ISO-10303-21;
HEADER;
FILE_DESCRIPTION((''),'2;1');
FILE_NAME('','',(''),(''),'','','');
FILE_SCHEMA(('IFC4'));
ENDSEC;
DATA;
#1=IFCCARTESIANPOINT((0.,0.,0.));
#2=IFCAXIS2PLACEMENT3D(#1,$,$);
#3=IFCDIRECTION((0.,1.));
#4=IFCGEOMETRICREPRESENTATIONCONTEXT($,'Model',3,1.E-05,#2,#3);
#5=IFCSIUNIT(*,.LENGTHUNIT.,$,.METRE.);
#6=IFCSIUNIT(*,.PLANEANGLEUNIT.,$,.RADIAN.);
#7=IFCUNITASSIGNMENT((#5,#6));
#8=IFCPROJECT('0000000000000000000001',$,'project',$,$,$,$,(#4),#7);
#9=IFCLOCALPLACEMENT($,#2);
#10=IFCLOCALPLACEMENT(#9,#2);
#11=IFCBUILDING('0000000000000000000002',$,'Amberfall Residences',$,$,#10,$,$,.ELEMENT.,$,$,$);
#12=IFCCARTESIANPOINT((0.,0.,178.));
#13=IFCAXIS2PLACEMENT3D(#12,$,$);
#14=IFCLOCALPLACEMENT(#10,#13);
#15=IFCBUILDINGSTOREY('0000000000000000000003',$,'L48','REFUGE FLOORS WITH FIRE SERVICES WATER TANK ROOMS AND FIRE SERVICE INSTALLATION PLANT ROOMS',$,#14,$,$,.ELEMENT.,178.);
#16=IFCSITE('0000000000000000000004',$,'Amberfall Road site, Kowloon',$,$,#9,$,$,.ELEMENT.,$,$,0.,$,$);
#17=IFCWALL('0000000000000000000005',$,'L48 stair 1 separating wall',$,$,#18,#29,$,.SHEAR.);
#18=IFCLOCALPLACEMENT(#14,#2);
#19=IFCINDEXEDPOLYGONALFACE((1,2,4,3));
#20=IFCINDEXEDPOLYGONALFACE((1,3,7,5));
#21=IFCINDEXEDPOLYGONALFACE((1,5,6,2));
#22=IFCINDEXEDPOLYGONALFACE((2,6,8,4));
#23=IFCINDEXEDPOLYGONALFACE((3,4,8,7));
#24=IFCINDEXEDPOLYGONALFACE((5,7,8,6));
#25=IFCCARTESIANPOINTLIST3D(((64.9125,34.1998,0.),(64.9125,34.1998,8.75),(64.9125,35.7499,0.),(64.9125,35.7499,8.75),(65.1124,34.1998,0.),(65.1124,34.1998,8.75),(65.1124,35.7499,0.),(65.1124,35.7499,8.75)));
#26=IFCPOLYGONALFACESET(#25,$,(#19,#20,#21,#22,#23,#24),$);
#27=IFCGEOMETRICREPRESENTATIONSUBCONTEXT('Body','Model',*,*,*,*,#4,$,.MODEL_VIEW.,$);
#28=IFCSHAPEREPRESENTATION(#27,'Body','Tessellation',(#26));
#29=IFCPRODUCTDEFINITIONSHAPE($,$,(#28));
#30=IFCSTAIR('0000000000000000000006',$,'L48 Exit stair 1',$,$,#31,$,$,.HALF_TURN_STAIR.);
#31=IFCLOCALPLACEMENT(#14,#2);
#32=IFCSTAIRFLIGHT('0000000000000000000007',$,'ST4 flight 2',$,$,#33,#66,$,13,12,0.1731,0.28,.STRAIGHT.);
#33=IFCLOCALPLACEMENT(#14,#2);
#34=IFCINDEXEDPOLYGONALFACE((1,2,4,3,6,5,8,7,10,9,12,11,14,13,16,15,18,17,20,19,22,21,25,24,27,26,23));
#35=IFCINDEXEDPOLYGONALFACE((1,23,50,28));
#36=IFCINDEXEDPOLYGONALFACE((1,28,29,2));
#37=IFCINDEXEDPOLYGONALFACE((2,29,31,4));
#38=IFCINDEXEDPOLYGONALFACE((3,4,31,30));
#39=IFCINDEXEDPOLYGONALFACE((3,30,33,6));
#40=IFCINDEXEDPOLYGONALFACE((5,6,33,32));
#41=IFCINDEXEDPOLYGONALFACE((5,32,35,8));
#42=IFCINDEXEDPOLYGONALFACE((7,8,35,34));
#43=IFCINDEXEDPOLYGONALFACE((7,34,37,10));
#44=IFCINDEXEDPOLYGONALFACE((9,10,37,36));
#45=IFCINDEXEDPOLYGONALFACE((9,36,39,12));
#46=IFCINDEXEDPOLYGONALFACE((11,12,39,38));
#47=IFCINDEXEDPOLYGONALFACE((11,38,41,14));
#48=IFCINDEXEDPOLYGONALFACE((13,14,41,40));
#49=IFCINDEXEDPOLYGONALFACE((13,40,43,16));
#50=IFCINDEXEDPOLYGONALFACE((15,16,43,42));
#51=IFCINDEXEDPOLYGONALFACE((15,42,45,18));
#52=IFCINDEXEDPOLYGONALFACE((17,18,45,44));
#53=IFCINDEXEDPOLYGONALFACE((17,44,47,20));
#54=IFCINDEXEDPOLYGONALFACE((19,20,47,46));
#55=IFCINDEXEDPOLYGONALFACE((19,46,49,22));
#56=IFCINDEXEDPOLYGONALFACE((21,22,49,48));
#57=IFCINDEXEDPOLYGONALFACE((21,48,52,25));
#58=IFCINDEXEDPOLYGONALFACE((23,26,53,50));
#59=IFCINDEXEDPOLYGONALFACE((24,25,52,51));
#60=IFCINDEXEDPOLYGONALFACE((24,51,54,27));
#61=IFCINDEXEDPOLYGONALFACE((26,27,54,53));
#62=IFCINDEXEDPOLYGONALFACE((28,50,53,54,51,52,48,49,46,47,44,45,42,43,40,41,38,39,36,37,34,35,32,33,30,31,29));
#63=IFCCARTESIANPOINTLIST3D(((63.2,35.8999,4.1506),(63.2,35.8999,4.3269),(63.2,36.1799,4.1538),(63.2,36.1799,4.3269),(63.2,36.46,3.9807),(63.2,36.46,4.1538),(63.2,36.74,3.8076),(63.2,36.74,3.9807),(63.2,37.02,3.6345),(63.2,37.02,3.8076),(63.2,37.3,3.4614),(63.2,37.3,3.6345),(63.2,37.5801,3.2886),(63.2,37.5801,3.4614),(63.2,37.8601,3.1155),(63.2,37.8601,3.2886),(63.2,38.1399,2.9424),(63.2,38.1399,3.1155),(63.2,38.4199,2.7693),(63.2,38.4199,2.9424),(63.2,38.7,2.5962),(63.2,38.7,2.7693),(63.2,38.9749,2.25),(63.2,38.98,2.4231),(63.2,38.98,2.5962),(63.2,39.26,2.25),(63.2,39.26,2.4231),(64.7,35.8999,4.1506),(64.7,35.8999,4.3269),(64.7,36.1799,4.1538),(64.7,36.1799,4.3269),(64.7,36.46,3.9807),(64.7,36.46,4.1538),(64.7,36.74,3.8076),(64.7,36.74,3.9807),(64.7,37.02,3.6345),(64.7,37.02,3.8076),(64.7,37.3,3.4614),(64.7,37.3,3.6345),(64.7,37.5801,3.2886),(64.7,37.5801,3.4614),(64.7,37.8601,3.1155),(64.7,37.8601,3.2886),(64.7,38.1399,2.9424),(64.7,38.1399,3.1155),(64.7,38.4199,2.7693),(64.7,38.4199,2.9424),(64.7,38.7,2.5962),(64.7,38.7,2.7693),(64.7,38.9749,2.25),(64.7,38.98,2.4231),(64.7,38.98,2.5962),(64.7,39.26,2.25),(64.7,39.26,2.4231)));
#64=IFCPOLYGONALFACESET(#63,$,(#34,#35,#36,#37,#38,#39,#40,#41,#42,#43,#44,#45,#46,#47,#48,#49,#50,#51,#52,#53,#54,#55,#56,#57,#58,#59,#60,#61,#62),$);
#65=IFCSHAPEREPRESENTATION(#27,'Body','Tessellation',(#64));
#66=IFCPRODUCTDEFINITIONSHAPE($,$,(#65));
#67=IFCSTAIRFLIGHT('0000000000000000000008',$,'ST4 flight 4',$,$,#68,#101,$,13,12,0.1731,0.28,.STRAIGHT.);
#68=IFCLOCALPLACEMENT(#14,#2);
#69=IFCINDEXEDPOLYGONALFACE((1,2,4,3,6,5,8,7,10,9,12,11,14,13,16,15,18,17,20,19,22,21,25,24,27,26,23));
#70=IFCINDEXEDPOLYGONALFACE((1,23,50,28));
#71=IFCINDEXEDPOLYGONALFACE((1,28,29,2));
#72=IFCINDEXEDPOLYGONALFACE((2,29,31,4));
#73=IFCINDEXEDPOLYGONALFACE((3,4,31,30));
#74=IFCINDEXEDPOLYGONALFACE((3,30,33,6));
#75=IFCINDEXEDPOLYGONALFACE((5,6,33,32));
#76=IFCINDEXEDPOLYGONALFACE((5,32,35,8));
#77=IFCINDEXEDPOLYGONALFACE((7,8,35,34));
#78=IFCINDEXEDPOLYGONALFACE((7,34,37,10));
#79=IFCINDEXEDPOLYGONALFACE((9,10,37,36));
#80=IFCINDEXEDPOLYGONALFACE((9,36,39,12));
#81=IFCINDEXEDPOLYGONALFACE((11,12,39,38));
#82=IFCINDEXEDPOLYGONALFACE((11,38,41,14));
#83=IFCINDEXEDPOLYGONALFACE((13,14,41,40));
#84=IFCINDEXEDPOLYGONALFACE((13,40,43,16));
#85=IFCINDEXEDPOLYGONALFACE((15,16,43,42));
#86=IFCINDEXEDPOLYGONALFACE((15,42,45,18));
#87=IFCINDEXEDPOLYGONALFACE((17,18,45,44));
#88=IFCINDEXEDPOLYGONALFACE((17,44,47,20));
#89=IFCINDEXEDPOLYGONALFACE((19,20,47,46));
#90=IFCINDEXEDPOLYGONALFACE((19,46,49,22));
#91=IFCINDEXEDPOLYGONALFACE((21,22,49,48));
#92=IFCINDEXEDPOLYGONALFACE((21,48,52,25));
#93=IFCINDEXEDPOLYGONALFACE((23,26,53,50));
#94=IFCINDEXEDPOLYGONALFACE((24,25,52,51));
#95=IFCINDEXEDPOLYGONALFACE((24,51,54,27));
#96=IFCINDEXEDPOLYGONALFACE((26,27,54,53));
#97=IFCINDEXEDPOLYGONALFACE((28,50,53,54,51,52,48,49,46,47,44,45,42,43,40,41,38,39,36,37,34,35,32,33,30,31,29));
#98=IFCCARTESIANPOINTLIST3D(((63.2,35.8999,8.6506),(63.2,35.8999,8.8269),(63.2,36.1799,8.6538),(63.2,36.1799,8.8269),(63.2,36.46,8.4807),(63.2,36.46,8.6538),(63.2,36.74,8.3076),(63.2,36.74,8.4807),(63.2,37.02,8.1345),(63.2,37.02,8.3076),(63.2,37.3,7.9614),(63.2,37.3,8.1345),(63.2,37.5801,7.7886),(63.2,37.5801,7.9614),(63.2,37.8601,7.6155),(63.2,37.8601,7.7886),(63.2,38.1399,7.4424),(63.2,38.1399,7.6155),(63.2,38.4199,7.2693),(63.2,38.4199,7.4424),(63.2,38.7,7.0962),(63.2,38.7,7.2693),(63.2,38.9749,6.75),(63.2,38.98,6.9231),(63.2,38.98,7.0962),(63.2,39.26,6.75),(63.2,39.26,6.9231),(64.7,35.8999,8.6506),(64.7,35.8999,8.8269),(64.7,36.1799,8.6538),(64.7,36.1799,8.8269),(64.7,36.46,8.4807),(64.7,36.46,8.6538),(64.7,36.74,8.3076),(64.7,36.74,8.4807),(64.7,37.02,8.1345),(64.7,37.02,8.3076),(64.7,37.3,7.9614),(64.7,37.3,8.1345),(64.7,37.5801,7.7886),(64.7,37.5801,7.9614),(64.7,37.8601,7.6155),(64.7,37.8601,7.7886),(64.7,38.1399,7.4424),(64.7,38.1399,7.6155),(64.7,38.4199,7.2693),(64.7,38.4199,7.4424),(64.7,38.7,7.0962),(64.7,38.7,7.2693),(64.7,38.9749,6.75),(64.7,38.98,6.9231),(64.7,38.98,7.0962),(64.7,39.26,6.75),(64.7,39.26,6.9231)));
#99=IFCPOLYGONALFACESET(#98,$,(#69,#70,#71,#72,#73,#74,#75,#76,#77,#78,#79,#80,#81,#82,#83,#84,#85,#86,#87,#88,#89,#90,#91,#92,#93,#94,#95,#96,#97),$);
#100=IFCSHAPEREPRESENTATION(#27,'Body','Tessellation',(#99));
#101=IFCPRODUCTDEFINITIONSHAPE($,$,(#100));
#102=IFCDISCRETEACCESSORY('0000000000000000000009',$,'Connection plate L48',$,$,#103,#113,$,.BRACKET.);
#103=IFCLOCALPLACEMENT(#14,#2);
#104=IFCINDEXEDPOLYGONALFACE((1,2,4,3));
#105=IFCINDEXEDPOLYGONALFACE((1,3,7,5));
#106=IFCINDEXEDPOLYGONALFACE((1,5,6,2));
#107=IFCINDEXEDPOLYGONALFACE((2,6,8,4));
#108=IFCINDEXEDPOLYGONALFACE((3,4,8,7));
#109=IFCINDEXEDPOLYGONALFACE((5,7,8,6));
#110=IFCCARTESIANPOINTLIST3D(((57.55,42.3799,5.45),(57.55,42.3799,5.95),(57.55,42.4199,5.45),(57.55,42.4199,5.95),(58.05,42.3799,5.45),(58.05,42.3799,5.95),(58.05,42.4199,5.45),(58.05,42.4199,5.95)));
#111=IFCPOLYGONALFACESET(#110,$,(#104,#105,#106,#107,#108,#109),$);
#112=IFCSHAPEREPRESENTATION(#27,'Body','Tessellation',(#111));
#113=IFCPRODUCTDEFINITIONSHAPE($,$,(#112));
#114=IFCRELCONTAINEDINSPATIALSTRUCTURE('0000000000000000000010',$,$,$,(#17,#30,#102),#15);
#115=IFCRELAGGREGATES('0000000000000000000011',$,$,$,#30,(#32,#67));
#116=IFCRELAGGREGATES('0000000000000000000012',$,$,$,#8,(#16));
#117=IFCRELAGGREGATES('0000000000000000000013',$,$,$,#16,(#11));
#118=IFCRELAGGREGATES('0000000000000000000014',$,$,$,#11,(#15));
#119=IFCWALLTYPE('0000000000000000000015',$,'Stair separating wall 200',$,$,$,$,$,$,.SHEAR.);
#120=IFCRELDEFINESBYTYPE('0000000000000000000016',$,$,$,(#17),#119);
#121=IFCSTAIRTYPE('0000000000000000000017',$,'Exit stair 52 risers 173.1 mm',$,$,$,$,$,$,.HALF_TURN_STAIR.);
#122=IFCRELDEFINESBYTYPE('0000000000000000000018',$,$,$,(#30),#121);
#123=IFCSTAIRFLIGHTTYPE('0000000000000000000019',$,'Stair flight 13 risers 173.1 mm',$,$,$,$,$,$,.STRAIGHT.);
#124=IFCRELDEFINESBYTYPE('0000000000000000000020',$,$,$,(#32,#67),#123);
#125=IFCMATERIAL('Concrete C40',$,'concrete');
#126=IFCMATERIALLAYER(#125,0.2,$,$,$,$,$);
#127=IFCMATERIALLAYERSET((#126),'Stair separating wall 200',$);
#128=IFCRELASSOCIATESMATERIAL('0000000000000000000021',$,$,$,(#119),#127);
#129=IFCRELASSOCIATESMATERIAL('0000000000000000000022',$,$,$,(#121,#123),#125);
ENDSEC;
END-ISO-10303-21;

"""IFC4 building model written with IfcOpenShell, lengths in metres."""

from ifc_helpers import new_model, si_unit, direction, frame, frame_2d, origin, origin_2d, place, context, subcontext, project, spatial, polyline, rectangle, outline, extrude, material, layer, layer_set, type_object, element, aggregate, save


model = new_model("IFC4")

# Units and contexts
model_context = context("Model", 3, precision=1e-05, world=origin(), true_north=direction((0.0, 1.0)))
body_context = subcontext(model_context, "Body", "Model", "MODEL_VIEW")
ifc_project = project(units=[si_unit("LENGTHUNIT", "METRE"), si_unit("PLANEANGLEUNIT", "RADIAN")], contexts=[model_context])

# Site, building, storey
site_placement = place(None, origin())
site = spatial("IfcSite", under=ifc_project, at=site_placement, Name="Amberfall Road site, Kowloon", CompositionType="ELEMENT", RefElevation=0.0)
building_placement = place(site_placement, origin())
building = spatial("IfcBuilding", under=site, at=building_placement, Name="Amberfall Residences", CompositionType="ELEMENT")
storey_placement = place(building_placement, frame((0.0, 0.0, 178.0)))
storey = spatial("IfcBuildingStorey", under=building, at=storey_placement, Name="L48", Description="REFUGE FLOORS WITH FIRE SERVICES WATER TANK ROOMS AND FIRE SERVICE INSTALLATION PLANT ROOMS", CompositionType="ELEMENT", Elevation=178.0)

# Wall
ifc_material_1 = material(Name="Concrete C40", Category="concrete")
ifc_layer_1 = layer(ifc_material_1, 0.2)
ifc_layer_set_1 = layer_set([ifc_layer_1], Name="Stair separating wall 200")
wall_type_1 = type_object("IfcWallType", Name="Stair separating wall 200", PredefinedType="SHEAR", material=ifc_layer_set_1)
wall_1_placement = place(storey_placement, frame((65.0125, 34.2, 0.0), z_axis=(0.0, 0.0, 1.0), x_axis=(0.0, 1.0, 0.0)))
element("IfcWall", 1, at=wall_1_placement, inside=storey, type_object=wall_type_1, Name="L48 stair 1 separating wall", PredefinedType="SHEAR", context=body_context, shape_type="SweptSolid", body=[
    extrude(rectangle(XDim=1.55, YDim=0.2, at=frame_2d((0.7749, 0.0))), origin(), (0.0, 0.0, 1.0), 8.75),
])

# Stair, stair flights
stair_type = type_object("IfcStairType", Name="Exit stair 52 risers 173.1 mm", PredefinedType="HALF_TURN_STAIR", material=ifc_material_1)
stair_placement = place(storey_placement, origin())
stair = element("IfcStair", 2, at=stair_placement, inside=storey, type_object=stair_type, Name="L48 Exit stair 1", PredefinedType="HALF_TURN_STAIR")
stair_flight_type = type_object("IfcStairFlightType", Name="Stair flight 13 risers 173.1 mm", PredefinedType="STRAIGHT", material=ifc_material_1)
stair_flight_1_placement = place(storey_placement, frame((63.95, 39.26, 2.25), z_axis=(0.0, 0.0, 1.0), x_axis=(0.0, -1.0, 0.0)))
stair_flight_1 = element("IfcStairFlight", 3, at=stair_flight_1_placement, type_object=stair_flight_type, Name="ST4 flight 2", NumberOfRisers=13, NumberOfTreads=12, PredefinedType="STRAIGHT", RiserHeight=0.1731, TreadLength=0.28, context=body_context, shape_type="SweptSolid", body=[
    extrude(outline(polyline([(0.0, 0.0), (0.0, 0.1731), (0.28, 0.1731), (0.28, 0.3462), (0.5601, 0.3462), (0.5601, 0.5193), (0.8401, 0.5193), (0.8401, 0.6924), (1.1201, 0.6924), (1.1201, 0.8655), (1.3999, 0.8655), (1.3999, 1.0386), (1.6799, 1.0386), (1.6799, 1.2114), (1.96, 1.2114), (1.96, 1.3845), (2.24, 1.3845), (2.24, 1.5576), (2.52, 1.5576), (2.52, 1.7307), (2.8, 1.7307), (2.8, 1.9038), (3.0801, 1.9038), (3.0801, 2.0769), (3.3601, 2.0769), (3.3601, 2.25), (3.3601, 1.9006), (0.2852, 0.0), (0.0, 0.0)])), frame((0.0, 0.75, 0.0), z_axis=(0.0, -1.0, 0.0), x_axis=(1.0, 0.0, 0.0)), (0.0, 0.0, 1.0), 1.5),
])
stair_flight_2_placement = place(storey_placement, frame((63.95, 39.26, 6.75), z_axis=(0.0, 0.0, 1.0), x_axis=(0.0, -1.0, 0.0)))
stair_flight_2 = element("IfcStairFlight", 4, at=stair_flight_2_placement, type_object=stair_flight_type, Name="ST4 flight 4", NumberOfRisers=13, NumberOfTreads=12, PredefinedType="STRAIGHT", RiserHeight=0.1731, TreadLength=0.28, context=body_context, shape_type="SweptSolid", body=[
    extrude(outline(polyline([(0.0, 0.0), (0.0, 0.1731), (0.28, 0.1731), (0.28, 0.3462), (0.5601, 0.3462), (0.5601, 0.5193), (0.8401, 0.5193), (0.8401, 0.6924), (1.1201, 0.6924), (1.1201, 0.8655), (1.3999, 0.8655), (1.3999, 1.0386), (1.6799, 1.0386), (1.6799, 1.2114), (1.96, 1.2114), (1.96, 1.3845), (2.24, 1.3845), (2.24, 1.5576), (2.52, 1.5576), (2.52, 1.7307), (2.8, 1.7307), (2.8, 1.9038), (3.0801, 1.9038), (3.0801, 2.0769), (3.3601, 2.0769), (3.3601, 2.25), (3.3601, 1.9006), (0.2852, 0.0), (0.0, 0.0)])), frame((0.0, 0.75, 0.0), z_axis=(0.0, -1.0, 0.0), x_axis=(1.0, 0.0, 0.0)), (0.0, 0.0, 1.0), 1.5),
])
aggregate(stair, [stair_flight_1, stair_flight_2])

# Discrete accessory
discrete_accessory_placement = place(storey_placement, frame((57.8, 42.3999, 5.45), z_axis=(0.0, 0.0, 1.0), x_axis=(1.0, 0.0, 0.0)))
element("IfcDiscreteAccessory", 5, at=discrete_accessory_placement, inside=storey, Name="Connection plate L48", PredefinedType="BRACKET", context=body_context, shape_type="SweptSolid", body=[
    extrude(rectangle(XDim=0.5, YDim=0.04, at=origin_2d()), origin(), (0.0, 0.0, 1.0), 0.5),
])

save(model, "model.ifc")
